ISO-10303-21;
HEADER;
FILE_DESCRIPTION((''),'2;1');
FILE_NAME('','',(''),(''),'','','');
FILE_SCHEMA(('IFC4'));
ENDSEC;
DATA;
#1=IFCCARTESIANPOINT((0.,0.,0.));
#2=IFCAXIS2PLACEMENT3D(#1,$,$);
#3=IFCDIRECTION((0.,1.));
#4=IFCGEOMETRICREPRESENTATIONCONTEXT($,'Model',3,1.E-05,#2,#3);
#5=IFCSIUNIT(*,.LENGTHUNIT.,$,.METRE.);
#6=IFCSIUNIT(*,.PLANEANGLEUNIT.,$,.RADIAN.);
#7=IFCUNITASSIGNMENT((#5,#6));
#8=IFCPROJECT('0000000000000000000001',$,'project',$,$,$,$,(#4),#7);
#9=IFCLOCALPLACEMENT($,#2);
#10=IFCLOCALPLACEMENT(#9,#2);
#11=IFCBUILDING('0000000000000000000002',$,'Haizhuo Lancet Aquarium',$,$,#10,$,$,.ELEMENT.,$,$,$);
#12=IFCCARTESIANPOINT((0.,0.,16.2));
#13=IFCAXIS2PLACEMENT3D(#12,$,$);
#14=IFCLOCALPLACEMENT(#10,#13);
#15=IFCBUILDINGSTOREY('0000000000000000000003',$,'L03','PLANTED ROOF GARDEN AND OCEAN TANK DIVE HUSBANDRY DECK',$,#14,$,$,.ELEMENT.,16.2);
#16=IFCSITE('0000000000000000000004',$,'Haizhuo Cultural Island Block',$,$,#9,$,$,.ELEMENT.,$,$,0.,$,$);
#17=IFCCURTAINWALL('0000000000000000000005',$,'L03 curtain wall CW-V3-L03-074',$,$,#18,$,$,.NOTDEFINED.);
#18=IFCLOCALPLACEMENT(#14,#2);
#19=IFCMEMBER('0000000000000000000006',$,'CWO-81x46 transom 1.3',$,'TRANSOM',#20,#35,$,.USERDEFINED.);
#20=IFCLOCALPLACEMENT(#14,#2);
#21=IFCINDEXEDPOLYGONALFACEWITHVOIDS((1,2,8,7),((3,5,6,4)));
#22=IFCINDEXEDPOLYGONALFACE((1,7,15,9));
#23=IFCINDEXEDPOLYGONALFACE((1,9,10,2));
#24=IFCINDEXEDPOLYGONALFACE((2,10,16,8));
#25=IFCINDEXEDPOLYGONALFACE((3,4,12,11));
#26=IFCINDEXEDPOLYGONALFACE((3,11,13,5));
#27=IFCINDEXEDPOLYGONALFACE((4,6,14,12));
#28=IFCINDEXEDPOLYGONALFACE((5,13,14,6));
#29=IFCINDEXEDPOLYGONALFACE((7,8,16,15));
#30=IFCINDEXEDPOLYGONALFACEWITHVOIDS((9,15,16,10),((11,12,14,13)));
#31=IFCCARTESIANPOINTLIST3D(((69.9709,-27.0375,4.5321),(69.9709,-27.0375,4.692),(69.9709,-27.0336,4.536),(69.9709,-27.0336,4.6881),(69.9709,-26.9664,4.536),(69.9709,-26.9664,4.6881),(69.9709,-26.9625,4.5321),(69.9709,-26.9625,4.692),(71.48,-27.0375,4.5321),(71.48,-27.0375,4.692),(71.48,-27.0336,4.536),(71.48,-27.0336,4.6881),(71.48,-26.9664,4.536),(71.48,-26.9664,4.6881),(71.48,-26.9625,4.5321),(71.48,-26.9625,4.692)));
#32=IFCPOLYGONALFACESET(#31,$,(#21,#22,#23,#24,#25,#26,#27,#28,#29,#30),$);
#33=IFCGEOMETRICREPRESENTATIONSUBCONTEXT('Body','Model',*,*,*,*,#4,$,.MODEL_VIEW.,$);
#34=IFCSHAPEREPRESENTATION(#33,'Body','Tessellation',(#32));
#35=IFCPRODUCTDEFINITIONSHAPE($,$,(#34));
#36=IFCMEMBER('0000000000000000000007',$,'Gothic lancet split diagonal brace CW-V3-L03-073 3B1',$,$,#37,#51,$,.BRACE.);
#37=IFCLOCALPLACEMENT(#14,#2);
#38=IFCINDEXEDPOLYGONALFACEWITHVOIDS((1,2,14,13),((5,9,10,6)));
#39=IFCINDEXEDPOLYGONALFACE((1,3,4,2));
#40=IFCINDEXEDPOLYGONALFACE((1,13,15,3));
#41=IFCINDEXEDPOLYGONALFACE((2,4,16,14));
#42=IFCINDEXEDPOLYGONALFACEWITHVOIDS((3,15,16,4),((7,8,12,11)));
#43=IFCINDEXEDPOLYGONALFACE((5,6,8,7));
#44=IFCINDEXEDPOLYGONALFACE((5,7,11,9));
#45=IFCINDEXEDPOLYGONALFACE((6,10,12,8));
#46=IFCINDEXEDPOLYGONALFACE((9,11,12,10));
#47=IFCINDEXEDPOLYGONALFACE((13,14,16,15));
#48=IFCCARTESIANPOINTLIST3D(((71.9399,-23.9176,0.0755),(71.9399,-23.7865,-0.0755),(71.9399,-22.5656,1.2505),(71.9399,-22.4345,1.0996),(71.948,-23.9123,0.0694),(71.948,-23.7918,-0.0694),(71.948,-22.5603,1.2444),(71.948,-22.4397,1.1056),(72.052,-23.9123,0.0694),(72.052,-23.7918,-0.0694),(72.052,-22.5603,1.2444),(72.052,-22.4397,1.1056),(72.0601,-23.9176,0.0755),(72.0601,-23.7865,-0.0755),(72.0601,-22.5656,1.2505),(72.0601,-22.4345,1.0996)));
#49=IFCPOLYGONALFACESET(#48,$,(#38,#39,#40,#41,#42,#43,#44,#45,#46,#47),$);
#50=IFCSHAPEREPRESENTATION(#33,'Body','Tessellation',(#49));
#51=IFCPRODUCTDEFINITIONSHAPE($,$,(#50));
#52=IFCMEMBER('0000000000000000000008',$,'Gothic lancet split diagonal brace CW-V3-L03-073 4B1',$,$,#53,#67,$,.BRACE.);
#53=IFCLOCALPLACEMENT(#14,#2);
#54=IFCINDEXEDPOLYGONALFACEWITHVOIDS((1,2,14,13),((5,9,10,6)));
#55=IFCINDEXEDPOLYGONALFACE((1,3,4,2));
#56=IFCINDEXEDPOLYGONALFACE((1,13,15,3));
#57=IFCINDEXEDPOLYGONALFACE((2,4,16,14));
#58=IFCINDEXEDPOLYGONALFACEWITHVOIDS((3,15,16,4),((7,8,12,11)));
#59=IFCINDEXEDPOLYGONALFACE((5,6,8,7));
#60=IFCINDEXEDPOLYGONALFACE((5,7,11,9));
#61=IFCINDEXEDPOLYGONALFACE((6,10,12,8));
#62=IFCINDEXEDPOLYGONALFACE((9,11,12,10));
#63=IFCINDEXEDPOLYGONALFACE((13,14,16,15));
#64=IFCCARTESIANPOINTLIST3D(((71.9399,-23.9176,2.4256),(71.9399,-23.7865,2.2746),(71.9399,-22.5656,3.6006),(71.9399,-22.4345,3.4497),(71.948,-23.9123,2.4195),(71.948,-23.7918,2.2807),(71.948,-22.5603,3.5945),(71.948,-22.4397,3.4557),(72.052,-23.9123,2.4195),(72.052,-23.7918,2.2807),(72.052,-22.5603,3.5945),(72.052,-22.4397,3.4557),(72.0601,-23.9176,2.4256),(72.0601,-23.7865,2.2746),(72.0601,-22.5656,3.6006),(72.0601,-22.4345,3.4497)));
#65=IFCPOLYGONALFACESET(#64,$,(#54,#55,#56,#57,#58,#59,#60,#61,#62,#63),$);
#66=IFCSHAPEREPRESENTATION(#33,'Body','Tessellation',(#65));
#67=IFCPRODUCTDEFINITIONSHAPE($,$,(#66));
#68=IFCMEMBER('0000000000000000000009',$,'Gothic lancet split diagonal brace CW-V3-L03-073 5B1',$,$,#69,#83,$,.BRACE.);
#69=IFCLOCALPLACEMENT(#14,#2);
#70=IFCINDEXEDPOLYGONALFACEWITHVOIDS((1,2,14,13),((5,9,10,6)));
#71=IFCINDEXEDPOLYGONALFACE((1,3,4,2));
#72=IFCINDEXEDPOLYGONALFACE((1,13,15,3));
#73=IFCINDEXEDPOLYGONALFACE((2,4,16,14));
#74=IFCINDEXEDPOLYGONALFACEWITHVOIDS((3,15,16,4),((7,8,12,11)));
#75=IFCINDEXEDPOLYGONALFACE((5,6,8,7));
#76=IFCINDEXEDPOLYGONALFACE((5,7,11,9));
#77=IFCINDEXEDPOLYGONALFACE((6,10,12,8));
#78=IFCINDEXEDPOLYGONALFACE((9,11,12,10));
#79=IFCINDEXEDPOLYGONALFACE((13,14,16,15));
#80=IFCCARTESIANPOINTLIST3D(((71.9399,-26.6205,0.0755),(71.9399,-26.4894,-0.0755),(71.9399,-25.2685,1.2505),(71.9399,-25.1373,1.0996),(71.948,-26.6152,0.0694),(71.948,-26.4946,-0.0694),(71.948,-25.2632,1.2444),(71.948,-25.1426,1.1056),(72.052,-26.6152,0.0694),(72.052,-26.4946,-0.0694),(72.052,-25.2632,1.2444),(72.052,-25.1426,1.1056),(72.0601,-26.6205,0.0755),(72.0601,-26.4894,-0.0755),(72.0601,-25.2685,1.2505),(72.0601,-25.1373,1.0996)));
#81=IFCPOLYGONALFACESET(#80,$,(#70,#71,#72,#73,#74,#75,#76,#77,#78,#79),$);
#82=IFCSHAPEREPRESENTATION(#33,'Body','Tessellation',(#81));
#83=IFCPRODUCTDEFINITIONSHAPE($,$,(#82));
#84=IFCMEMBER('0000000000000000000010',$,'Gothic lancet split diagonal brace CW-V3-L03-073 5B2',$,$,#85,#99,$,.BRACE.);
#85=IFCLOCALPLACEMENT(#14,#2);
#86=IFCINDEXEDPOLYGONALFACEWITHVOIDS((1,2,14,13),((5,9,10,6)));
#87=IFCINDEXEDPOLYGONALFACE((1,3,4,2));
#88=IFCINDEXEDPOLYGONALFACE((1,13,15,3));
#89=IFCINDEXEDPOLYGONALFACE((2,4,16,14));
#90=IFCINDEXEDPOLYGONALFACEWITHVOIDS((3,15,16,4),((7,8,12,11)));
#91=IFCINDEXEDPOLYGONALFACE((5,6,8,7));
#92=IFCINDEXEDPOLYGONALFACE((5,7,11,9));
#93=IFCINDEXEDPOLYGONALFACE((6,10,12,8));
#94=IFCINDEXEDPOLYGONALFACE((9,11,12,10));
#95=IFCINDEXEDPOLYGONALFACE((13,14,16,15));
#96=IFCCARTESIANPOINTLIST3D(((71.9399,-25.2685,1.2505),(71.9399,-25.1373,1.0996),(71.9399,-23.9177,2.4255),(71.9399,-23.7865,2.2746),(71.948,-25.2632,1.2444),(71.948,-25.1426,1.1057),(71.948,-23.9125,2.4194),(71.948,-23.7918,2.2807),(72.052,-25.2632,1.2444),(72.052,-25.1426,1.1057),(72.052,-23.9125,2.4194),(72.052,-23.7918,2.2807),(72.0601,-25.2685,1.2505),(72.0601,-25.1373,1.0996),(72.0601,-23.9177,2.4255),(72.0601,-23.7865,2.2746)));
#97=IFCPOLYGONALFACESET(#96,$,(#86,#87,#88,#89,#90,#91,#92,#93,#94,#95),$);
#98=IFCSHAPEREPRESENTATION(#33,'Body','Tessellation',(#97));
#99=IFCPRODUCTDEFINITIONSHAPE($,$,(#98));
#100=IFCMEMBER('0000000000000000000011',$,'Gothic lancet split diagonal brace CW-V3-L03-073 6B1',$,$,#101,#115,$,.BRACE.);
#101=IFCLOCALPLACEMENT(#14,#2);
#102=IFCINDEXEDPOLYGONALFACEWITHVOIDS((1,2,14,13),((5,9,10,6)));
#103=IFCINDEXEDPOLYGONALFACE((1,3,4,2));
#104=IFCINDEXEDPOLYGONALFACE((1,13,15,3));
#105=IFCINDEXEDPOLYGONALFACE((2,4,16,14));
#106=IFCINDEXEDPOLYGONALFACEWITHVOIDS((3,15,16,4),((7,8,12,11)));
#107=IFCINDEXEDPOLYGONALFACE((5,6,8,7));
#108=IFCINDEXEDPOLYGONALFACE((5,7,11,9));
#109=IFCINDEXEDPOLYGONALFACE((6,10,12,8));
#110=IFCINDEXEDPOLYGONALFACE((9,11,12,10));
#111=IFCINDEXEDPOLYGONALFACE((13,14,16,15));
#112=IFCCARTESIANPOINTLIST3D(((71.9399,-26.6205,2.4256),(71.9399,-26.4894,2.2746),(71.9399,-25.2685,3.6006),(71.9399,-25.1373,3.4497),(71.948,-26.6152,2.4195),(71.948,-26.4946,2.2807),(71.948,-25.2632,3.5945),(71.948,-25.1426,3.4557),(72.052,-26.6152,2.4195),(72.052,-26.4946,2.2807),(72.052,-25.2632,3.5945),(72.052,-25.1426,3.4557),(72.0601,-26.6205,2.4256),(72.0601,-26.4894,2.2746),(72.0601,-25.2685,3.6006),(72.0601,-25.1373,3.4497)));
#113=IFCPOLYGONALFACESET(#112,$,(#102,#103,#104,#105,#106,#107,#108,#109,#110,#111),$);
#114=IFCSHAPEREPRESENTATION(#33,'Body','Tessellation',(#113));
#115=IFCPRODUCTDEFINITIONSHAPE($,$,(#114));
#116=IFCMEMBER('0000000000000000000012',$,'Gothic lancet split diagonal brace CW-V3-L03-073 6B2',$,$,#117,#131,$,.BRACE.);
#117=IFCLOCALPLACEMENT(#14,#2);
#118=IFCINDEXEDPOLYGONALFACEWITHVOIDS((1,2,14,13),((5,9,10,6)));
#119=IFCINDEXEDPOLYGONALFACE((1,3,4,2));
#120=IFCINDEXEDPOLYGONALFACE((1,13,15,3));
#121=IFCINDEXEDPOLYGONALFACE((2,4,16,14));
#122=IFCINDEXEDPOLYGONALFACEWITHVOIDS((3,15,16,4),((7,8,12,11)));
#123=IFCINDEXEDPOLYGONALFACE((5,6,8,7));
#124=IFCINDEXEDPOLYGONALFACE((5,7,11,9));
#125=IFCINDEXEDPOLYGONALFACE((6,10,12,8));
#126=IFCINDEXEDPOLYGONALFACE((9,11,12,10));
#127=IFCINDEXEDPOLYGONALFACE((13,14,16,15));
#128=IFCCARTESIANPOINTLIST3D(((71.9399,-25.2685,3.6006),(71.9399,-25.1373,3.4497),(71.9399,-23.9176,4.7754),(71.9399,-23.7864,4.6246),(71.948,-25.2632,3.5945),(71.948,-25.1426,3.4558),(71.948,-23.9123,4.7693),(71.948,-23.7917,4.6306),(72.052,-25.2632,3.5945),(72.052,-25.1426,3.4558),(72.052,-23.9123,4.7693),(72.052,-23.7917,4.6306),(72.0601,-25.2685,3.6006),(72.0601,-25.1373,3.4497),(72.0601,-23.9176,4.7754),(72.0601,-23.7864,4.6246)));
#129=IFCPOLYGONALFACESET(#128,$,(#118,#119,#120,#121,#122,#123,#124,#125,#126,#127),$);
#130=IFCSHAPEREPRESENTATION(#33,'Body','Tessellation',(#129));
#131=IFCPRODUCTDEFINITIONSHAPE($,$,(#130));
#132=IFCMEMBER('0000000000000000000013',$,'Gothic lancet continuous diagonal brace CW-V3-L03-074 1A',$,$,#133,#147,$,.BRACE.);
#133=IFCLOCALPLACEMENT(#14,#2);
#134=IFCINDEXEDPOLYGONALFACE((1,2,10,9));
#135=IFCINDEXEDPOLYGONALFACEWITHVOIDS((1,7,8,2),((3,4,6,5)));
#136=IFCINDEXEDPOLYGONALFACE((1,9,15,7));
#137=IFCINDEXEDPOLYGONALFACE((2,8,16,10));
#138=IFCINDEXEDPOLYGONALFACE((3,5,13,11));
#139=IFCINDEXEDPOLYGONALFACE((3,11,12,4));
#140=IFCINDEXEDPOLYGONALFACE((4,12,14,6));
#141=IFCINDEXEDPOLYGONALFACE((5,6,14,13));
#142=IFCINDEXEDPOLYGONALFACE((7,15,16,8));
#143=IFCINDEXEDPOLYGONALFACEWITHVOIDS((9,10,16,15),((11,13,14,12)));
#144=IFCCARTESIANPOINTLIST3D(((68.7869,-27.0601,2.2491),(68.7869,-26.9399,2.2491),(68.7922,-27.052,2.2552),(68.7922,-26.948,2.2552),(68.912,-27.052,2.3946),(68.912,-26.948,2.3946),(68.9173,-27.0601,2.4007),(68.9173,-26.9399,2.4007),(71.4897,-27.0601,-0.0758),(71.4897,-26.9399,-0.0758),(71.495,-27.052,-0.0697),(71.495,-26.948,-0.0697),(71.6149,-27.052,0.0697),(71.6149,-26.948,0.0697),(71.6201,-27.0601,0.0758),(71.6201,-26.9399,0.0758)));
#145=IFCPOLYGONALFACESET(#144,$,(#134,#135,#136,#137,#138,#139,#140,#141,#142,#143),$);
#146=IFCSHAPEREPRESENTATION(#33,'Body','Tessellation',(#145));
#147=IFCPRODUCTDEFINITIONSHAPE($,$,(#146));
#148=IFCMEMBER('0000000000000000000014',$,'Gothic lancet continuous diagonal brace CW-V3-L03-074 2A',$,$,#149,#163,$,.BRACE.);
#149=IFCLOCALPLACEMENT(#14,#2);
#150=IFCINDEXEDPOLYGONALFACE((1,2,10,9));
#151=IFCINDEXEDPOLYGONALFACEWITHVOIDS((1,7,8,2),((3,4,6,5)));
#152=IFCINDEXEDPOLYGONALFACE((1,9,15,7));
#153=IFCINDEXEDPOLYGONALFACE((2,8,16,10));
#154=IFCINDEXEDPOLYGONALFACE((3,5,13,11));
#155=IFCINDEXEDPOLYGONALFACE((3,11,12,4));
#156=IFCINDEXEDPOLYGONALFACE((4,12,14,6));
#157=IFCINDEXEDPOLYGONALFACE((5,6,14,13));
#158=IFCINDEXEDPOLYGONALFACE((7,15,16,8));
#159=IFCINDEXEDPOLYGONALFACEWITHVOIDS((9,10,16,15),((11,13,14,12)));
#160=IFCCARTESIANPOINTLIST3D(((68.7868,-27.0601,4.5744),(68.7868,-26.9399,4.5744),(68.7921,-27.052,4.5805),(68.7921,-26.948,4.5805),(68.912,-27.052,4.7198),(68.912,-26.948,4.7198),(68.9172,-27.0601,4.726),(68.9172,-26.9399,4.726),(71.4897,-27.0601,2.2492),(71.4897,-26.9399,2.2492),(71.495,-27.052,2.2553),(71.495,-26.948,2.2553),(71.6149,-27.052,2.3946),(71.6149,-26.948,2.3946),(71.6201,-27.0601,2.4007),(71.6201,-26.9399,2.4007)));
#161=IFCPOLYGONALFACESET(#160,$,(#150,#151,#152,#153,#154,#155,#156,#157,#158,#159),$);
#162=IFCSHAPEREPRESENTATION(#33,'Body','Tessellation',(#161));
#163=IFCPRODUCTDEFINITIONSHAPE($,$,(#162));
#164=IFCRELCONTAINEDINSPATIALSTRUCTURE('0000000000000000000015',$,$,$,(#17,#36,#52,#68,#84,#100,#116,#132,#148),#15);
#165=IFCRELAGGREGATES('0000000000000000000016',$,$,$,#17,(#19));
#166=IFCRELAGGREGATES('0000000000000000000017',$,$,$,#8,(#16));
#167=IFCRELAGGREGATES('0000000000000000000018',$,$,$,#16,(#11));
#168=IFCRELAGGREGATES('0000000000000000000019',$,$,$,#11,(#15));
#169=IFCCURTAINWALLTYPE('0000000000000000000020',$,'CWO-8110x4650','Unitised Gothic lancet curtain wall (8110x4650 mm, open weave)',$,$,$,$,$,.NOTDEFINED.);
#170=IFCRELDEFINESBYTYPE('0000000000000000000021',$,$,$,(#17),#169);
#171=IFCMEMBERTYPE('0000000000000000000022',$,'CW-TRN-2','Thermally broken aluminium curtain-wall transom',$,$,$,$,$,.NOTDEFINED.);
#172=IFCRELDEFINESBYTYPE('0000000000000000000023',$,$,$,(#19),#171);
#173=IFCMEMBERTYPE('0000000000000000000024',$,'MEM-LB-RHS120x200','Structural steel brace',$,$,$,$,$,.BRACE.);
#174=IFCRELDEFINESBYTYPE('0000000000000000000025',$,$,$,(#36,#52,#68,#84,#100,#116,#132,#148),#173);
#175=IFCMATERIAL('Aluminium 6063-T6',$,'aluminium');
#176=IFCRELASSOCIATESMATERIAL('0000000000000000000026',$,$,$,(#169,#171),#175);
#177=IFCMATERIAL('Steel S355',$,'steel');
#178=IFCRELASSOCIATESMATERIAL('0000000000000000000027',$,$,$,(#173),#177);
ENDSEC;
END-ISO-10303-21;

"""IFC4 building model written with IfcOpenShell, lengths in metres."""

from ifc_helpers import new_model, si_unit, direction, frame, origin, origin_2d, place, context, subcontext, project, spatial, hollow_rectangle, extrude, material, material_profile, profile_set, type_object, element, aggregate, save


model = new_model("IFC4")

# Units and contexts
model_context = context("Model", 3, precision=1e-05, world=origin(), true_north=direction((0.0, 1.0)))
body_context = subcontext(model_context, "Body", "Model", "MODEL_VIEW")
ifc_project = project(units=[si_unit("LENGTHUNIT", "METRE"), si_unit("PLANEANGLEUNIT", "RADIAN")], contexts=[model_context])

# Site, building, storey
site_placement = place(None, origin())
site = spatial("IfcSite", under=ifc_project, at=site_placement, Name="Haizhuo Cultural Island Block", CompositionType="ELEMENT", RefElevation=0.0)
building_placement = place(site_placement, origin())
building = spatial("IfcBuilding", under=site, at=building_placement, Name="Haizhuo Lancet Aquarium", CompositionType="ELEMENT")
storey_placement = place(building_placement, frame((0.0, 0.0, 16.2)))
storey = spatial("IfcBuildingStorey", under=building, at=storey_placement, Name="L03", Description="PLANTED ROOF GARDEN AND OCEAN TANK DIVE HUSBANDRY DECK", CompositionType="ELEMENT", Elevation=16.2)

# Shared definitions
ifc_material_1 = material(Name="Aluminium 6063-T6", Category="aluminium")

# Curtain wall
curtain_wall_type_1 = type_object("IfcCurtainWallType", Name="CWO-8110x4650", Description="Unitised Gothic lancet curtain wall (8110x4650 mm, open weave)", PredefinedType="NOTDEFINED", material=ifc_material_1)
curtain_wall_1_placement = place(storey_placement, origin())
curtain_wall_1 = element("IfcCurtainWall", 1, at=curtain_wall_1_placement, inside=storey, type_object=curtain_wall_type_1, Name="L03 curtain wall CW-V3-L03-074", PredefinedType="NOTDEFINED")

# Member
ifc_material_profile_1 = material_profile(ifc_material_1, hollow_rectangle(XDim=0.075, YDim=0.1599, WallThickness=0.0039, at=origin_2d()), Name="ALU-T 75x160x4")
ifc_profile_set_1 = profile_set([ifc_material_profile_1], Name="Aluminium 6063-T6")
member_type_1 = type_object("IfcMemberType", Name="CW-TRN-2", Description="Thermally broken aluminium curtain-wall transom", PredefinedType="NOTDEFINED", material=ifc_profile_set_1)
member_1_placement = place(storey_placement, frame((71.48, -27.0, 4.6121), z_axis=(-1.0, 0.0, 0.0), x_axis=(0.0, -1.0, 0.0)))
member_1 = element("IfcMember", 2, at=member_1_placement, type_object=member_type_1, Name="CWO-81x46 transom 1.3", ObjectType="TRANSOM", PredefinedType="USERDEFINED", context=body_context, shape_type="SweptSolid", body=[
    extrude(hollow_rectangle(XDim=0.075, YDim=0.1599, WallThickness=0.0039, at=origin_2d()), origin(), (0.0, 0.0, 1.0), 1.509),
])

# Members
ifc_material_2 = material(Name="Steel S355", Category="steel")
ifc_material_profile_2 = material_profile(ifc_material_2, hollow_rectangle(XDim=0.1201, YDim=0.2, WallThickness=0.0081, at=origin_2d()), Name="RHS 120x200x8")
ifc_profile_set_2 = profile_set([ifc_material_profile_2], Name="Steel S355")
member_type_2 = type_object("IfcMemberType", Name="MEM-LB-RHS120x200", Description="Structural steel brace", PredefinedType="BRACE", material=ifc_profile_set_2)
for number, where, z_axis, x_axis, name in (
    (3, (72.0, -23.8521, 0.0), (0.0, 0.754784, 0.655973), (-1.0, 0.0, 0.0), "Gothic lancet split diagonal brace CW-V3-L03-073 3B1"),
    (4, (72.0, -23.8521, 2.3501), (0.0, 0.754784, 0.655973), (-1.0, 0.0, 0.0), "Gothic lancet split diagonal brace CW-V3-L03-073 4B1"),
    (5, (72.0, -26.5549, 0.0), (0.0, 0.754784, 0.655973), (-1.0, 0.0, 0.0), "Gothic lancet split diagonal brace CW-V3-L03-073 5B1"),
):
    element("IfcMember", number, at=place(storey_placement, frame(where, z_axis=z_axis, x_axis=x_axis)), inside=storey, type_object=member_type_2, Name=name, PredefinedType="BRACE", context=body_context, shape_type="SweptSolid", body=[
        extrude(hollow_rectangle(XDim=0.1201, YDim=0.2, WallThickness=0.0081, at=origin_2d()), origin(), (0.0, 0.0, 1.0), 1.7913),
    ])
member_2_placement = place(storey_placement, frame((72.0, -25.2029, 1.175), z_axis=(0.0, 0.754491, 0.65631), x_axis=(-1.0, 0.0, 0.0)))
element("IfcMember", 6, at=member_2_placement, inside=storey, type_object=member_type_2, Name="Gothic lancet split diagonal brace CW-V3-L03-073 5B2", PredefinedType="BRACE", context=body_context, shape_type="SweptSolid", body=[
    extrude(hollow_rectangle(XDim=0.1201, YDim=0.2, WallThickness=0.0081, at=origin_2d()), origin(), (0.0, 0.0, 1.0), 1.7903),
])
member_3_placement = place(storey_placement, frame((72.0, -26.5549, 2.3501), z_axis=(0.0, 0.754784, 0.655973), x_axis=(-1.0, 0.0, 0.0)))
element("IfcMember", 7, at=member_3_placement, inside=storey, type_object=member_type_2, Name="Gothic lancet split diagonal brace CW-V3-L03-073 6B1", PredefinedType="BRACE", context=body_context, shape_type="SweptSolid", body=[
    extrude(hollow_rectangle(XDim=0.1201, YDim=0.2, WallThickness=0.0081, at=origin_2d()), origin(), (0.0, 0.0, 1.0), 1.7913),
])
member_4_placement = place(storey_placement, frame((72.0, -25.2029, 3.5251), z_axis=(0.0, 0.754559, 0.656233), x_axis=(-1.0, 0.0, 0.0)))
element("IfcMember", 8, at=member_4_placement, inside=storey, type_object=member_type_2, Name="Gothic lancet split diagonal brace CW-V3-L03-073 6B2", PredefinedType="BRACE", context=body_context, shape_type="SweptSolid", body=[
    extrude(hollow_rectangle(XDim=0.1201, YDim=0.2, WallThickness=0.0081, at=origin_2d()), origin(), (0.0, 0.0, 1.0), 1.7903),
])
member_5_placement = place(storey_placement, frame((71.5549, -27.0, 0.0), z_axis=(-0.75812, 0.0, 0.652116), x_axis=(0.0, -1.0, 0.0)))
element("IfcMember", 9, at=member_5_placement, inside=storey, type_object=member_type_2, Name="Gothic lancet continuous diagonal brace CW-V3-L03-074 1A", PredefinedType="BRACE", context=body_context, shape_type="SweptSolid", body=[
    extrude(hollow_rectangle(XDim=0.1201, YDim=0.2, WallThickness=0.0081, at=origin_2d()), origin(), (0.0, 0.0, 1.0), 3.5652),
])
member_6_placement = place(storey_placement, frame((71.5549, -27.0, 2.325), z_axis=(-0.758086, 0.0, 0.652155), x_axis=(0.0, -1.0, 0.0)))
element("IfcMember", 10, at=member_6_placement, inside=storey, type_object=member_type_2, Name="Gothic lancet continuous diagonal brace CW-V3-L03-074 2A", PredefinedType="BRACE", context=body_context, shape_type="SweptSolid", body=[
    extrude(hollow_rectangle(XDim=0.1201, YDim=0.2, WallThickness=0.0081, at=origin_2d()), origin(), (0.0, 0.0, 1.0), 3.5654),
])

aggregate(curtain_wall_1, [member_1])

save(model, "model.ifc")
